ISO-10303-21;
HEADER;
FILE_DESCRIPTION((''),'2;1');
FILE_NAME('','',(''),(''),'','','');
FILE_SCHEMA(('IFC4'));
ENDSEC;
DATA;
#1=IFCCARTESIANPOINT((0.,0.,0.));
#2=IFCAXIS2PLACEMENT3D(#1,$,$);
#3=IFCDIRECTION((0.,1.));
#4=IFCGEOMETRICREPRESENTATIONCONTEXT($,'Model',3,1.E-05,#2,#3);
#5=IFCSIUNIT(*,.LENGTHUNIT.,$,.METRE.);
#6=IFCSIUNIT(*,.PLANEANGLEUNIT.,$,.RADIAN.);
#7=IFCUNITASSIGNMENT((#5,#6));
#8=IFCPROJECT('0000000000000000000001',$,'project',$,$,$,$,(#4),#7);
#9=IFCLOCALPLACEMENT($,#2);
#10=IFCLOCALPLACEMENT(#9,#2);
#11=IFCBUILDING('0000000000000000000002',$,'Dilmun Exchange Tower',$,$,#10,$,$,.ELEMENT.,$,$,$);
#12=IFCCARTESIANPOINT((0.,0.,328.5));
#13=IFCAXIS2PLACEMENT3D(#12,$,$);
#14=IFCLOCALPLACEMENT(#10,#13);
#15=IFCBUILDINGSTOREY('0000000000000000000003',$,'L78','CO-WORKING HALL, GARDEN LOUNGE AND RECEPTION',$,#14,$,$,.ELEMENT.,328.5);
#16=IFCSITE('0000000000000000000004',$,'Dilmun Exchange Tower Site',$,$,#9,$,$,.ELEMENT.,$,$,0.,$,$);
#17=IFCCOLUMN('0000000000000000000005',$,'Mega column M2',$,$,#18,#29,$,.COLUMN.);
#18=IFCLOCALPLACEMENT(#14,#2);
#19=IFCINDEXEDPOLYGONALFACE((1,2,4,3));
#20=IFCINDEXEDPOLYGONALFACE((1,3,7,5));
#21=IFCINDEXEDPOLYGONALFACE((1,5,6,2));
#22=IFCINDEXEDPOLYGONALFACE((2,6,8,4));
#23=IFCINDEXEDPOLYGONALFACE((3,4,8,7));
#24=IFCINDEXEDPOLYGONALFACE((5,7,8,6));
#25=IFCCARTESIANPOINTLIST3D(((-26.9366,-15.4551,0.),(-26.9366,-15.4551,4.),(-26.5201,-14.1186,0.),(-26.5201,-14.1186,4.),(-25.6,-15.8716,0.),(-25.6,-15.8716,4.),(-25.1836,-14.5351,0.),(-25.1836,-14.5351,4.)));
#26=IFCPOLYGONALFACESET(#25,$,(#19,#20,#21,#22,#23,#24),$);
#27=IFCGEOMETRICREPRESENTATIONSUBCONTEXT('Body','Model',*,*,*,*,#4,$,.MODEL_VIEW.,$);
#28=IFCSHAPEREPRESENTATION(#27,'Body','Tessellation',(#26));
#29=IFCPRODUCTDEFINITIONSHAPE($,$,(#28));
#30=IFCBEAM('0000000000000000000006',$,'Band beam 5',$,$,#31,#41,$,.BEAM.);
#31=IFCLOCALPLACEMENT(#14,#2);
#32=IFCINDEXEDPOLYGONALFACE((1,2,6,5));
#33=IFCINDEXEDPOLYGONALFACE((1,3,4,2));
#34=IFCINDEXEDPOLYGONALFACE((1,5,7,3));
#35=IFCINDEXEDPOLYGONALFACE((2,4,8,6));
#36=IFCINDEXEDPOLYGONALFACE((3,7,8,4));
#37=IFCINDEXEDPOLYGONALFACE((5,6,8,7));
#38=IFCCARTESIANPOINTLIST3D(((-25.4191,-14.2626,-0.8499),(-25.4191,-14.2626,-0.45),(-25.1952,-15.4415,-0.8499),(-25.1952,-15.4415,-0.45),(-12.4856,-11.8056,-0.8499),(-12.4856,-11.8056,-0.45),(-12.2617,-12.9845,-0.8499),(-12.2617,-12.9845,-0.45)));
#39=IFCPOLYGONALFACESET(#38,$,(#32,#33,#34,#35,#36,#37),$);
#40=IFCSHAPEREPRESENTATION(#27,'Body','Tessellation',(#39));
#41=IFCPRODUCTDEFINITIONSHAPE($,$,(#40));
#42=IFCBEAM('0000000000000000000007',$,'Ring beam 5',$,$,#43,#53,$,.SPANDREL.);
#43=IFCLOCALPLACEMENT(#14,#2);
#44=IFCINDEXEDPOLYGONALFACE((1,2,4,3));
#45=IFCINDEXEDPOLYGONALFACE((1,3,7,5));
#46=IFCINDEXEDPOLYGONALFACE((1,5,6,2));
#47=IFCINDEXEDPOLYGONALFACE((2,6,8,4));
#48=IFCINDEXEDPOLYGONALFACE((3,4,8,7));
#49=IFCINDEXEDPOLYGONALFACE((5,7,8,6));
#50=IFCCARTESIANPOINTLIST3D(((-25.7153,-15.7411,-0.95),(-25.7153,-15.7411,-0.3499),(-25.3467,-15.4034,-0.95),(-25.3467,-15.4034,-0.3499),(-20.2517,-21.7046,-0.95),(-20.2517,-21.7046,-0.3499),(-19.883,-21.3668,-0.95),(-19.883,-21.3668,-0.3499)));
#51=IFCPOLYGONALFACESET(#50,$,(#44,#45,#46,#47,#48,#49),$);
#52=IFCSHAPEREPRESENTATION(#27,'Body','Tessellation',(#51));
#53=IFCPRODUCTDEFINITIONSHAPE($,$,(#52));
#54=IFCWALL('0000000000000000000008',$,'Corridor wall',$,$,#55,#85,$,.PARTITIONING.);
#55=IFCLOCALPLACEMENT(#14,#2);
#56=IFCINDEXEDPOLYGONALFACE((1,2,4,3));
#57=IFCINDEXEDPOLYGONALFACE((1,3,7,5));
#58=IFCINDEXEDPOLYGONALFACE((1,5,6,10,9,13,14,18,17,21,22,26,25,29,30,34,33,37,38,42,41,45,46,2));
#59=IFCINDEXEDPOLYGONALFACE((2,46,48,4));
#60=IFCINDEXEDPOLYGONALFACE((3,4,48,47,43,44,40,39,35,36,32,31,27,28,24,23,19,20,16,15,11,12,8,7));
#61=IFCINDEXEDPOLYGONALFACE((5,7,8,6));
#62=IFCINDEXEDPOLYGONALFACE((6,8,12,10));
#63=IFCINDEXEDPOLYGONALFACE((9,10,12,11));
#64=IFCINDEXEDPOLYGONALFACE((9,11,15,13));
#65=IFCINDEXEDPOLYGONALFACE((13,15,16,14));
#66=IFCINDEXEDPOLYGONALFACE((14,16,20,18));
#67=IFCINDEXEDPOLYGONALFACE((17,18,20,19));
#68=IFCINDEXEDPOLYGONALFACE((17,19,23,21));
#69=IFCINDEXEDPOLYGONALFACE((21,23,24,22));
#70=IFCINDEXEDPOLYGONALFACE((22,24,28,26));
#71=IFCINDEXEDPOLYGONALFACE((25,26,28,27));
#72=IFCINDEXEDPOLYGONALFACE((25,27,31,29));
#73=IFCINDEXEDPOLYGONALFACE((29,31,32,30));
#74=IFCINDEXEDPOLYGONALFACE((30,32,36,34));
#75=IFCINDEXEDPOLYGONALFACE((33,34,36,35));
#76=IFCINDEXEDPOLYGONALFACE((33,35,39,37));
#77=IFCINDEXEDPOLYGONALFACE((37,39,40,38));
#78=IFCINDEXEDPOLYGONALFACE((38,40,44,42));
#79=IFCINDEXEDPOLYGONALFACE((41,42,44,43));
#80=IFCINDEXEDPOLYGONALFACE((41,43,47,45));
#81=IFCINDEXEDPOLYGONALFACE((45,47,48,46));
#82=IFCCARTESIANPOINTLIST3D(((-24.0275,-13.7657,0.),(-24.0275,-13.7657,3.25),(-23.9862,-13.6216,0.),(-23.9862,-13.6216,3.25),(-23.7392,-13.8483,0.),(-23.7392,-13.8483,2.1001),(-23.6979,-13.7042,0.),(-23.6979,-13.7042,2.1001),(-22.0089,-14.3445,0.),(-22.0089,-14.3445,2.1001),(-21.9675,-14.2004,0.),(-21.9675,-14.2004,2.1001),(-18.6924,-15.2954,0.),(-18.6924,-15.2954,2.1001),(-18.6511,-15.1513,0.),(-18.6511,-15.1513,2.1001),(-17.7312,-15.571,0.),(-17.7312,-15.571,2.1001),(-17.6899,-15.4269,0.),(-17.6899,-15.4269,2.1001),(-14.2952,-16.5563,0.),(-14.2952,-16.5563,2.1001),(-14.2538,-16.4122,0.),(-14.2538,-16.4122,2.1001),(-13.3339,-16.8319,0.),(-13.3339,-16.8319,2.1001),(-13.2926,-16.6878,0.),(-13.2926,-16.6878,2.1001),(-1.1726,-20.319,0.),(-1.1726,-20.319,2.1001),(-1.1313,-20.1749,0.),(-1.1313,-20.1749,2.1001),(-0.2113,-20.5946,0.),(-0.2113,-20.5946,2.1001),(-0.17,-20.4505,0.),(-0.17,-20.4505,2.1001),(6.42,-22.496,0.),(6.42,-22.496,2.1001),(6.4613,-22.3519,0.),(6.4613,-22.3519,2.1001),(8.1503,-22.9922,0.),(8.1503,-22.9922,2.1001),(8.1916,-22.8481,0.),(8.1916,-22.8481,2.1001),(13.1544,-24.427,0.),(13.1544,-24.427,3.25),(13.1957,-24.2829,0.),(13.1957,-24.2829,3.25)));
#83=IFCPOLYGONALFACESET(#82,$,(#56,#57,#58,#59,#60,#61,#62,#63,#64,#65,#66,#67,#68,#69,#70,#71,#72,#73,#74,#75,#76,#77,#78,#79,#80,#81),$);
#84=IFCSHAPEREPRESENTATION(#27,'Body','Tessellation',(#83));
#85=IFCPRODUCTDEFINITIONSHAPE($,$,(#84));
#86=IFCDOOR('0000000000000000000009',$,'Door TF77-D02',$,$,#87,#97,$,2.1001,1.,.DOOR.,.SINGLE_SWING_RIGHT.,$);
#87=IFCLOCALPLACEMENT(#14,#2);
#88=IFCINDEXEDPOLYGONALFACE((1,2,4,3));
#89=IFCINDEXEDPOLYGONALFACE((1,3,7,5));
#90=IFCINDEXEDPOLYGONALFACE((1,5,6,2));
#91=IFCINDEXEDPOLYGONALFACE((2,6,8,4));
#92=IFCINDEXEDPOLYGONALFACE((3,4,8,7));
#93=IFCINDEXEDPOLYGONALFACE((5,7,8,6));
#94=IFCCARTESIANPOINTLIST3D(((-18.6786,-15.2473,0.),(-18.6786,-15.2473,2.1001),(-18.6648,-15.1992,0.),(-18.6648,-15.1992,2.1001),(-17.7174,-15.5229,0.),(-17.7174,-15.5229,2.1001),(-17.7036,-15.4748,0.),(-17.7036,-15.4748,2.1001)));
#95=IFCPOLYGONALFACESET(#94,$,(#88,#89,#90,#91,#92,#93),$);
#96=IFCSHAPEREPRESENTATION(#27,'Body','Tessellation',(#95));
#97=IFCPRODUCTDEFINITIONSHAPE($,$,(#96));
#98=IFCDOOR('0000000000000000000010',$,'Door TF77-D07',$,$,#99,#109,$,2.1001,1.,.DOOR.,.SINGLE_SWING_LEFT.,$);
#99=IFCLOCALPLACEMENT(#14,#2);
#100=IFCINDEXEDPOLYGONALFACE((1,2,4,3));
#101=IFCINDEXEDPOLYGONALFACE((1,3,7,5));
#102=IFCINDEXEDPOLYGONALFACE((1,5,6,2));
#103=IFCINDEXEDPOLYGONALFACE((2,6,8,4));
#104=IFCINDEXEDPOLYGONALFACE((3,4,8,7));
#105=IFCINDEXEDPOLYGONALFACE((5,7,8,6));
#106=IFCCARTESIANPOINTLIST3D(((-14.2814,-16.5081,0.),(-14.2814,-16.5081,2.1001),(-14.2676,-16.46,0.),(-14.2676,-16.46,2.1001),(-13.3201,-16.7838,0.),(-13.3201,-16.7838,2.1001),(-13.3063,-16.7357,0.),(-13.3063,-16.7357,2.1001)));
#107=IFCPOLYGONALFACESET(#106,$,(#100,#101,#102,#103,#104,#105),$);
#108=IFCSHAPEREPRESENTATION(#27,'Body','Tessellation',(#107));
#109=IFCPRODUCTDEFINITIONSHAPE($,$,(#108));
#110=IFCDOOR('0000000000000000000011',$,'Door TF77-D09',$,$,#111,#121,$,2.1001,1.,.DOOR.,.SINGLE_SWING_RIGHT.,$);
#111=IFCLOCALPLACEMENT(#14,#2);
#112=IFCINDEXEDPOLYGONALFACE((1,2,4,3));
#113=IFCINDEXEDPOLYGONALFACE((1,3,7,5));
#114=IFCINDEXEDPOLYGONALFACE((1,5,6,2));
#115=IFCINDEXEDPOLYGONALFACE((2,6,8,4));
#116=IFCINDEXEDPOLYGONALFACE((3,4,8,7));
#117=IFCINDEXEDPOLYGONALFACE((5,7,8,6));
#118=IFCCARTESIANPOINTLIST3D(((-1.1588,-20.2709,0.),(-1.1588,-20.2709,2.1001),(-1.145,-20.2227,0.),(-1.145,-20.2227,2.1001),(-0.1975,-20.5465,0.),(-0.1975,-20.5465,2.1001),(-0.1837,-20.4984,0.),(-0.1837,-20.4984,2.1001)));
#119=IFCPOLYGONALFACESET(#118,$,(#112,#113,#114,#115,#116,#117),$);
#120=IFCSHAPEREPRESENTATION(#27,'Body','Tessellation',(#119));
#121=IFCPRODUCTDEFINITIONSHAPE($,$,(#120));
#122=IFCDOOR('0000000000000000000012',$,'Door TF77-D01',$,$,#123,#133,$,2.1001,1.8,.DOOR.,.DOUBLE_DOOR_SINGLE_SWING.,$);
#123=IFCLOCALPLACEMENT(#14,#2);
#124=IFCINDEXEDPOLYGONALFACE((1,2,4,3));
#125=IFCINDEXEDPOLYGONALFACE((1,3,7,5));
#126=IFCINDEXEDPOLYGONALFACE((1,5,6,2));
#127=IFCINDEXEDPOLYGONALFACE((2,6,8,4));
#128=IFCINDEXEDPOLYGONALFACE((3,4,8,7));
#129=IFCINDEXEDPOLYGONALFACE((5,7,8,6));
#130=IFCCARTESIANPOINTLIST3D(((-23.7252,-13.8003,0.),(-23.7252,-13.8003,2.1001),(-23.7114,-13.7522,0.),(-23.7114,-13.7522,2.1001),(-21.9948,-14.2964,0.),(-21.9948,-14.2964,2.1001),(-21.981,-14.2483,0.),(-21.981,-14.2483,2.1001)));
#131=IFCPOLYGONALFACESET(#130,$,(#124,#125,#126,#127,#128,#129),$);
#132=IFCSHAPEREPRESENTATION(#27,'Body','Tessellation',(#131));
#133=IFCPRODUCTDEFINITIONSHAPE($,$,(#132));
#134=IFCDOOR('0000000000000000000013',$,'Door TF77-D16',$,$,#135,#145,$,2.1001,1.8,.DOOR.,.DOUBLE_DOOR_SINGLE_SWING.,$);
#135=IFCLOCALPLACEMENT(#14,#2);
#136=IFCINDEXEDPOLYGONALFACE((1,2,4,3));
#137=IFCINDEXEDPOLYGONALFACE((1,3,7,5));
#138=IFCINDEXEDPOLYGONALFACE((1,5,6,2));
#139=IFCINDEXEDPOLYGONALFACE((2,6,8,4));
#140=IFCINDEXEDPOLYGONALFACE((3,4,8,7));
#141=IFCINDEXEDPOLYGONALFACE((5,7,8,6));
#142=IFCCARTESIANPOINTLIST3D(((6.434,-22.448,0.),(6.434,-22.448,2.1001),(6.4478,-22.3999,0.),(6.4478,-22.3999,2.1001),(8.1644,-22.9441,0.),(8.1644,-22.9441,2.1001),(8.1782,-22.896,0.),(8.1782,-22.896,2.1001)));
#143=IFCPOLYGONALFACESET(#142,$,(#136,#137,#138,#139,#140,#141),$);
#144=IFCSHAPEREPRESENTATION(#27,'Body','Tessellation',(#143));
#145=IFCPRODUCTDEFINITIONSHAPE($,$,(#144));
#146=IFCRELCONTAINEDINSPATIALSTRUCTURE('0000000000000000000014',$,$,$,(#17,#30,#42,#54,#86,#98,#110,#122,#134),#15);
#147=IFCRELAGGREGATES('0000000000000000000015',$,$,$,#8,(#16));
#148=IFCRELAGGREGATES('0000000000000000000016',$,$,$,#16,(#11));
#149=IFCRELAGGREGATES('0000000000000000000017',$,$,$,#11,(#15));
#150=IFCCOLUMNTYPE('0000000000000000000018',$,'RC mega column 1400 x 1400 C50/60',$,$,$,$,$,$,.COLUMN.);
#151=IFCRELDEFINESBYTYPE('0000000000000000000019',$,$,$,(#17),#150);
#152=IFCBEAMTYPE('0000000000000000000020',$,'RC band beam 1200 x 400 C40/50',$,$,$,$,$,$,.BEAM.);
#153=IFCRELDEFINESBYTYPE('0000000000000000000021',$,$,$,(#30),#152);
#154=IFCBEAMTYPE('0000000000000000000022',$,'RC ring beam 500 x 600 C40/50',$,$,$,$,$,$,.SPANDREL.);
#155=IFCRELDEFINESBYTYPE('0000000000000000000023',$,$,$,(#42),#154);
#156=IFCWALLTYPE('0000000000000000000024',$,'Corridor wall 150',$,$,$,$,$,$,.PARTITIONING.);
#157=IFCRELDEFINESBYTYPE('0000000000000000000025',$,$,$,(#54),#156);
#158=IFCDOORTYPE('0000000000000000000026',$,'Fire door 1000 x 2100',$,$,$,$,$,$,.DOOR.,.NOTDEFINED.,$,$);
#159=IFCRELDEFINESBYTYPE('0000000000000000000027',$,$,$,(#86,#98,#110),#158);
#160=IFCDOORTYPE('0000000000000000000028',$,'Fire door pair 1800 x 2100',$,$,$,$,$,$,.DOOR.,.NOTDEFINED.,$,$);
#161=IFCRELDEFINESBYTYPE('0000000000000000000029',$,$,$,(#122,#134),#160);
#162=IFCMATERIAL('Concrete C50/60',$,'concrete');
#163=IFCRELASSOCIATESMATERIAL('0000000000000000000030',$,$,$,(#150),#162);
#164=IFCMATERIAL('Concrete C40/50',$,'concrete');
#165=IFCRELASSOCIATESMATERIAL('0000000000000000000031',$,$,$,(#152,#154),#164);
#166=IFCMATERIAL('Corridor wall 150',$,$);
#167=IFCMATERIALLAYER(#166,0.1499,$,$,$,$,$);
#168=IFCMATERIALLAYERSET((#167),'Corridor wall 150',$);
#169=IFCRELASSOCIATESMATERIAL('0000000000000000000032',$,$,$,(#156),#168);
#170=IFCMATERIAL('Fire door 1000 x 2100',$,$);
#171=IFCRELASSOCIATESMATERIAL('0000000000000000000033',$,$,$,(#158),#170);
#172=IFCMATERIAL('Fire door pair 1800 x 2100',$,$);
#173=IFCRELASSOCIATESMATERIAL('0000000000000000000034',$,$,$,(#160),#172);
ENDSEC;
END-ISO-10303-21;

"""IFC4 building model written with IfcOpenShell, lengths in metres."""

from ifc_helpers import new_model, si_unit, direction, frame, frame_2d, origin, origin_2d, place, context, subcontext, project, spatial, rectangle, extrude, material, layer, layer_set, material_profile, profile_set, type_object, element, fill, save


model = new_model("IFC4")

# Units and contexts
model_context = context("Model", 3, precision=1e-05, world=origin(), true_north=direction((0.0, 1.0)))
body_context = subcontext(model_context, "Body", "Model", "MODEL_VIEW")
ifc_project = project(units=[si_unit("LENGTHUNIT", "METRE"), si_unit("PLANEANGLEUNIT", "RADIAN")], contexts=[model_context])

# Site, building, storey
site_placement = place(None, origin())
site = spatial("IfcSite", under=ifc_project, at=site_placement, Name="Dilmun Exchange Tower Site", CompositionType="ELEMENT", RefElevation=0.0)
building_placement = place(site_placement, origin())
building = spatial("IfcBuilding", under=site, at=building_placement, Name="Dilmun Exchange Tower", CompositionType="ELEMENT")
storey_placement = place(building_placement, frame((0.0, 0.0, 328.5)))
storey = spatial("IfcBuildingStorey", under=building, at=storey_placement, Name="L78", Description="CO-WORKING HALL, GARDEN LOUNGE AND RECEPTION", CompositionType="ELEMENT", Elevation=328.5)

# Column
ifc_material_1 = material(Name="Concrete C50/60", Category="concrete")
ifc_material_profile_1 = material_profile(ifc_material_1, rectangle(XDim=1.3999, YDim=1.3999, at=origin_2d()), Name="1400 x 1400")
ifc_profile_set_1 = profile_set([ifc_material_profile_1], Name="Concrete C50/60")
column_type = type_object("IfcColumnType", Name="RC mega column 1400 x 1400 C50/60", PredefinedType="COLUMN", material=ifc_profile_set_1)
column_placement = place(storey_placement, frame((-26.0601, -14.9951, 0.0), z_axis=(0.0, 0.0, 1.0), x_axis=(0.297503, 0.954721, 0.0)))
element("IfcColumn", 1, at=column_placement, inside=storey, type_object=column_type, Name="Mega column M2", PredefinedType="COLUMN", context=body_context, shape_type="SweptSolid", body=[
    extrude(rectangle(XDim=1.3999, YDim=1.3999, at=origin_2d()), origin(), (0.0, 0.0, 1.0), 4.0),
])

# Beams
ifc_material_2 = material(Name="Concrete C40/50", Category="concrete")
ifc_material_profile_2 = material_profile(ifc_material_2, rectangle(XDim=1.2, YDim=0.3999, at=origin_2d()), Name="1200 x 400")
ifc_profile_set_2 = profile_set([ifc_material_profile_2], Name="Concrete C40/50")
beam_type_1 = type_object("IfcBeamType", Name="RC band beam 1200 x 400 C40/50", PredefinedType="BEAM", material=ifc_profile_set_2)
beam_1_placement = place(storey_placement, frame((-25.3071, -14.8521, -0.6499), z_axis=(0.982429, 0.186635, 0.0), x_axis=(-0.186635, 0.982429, 0.0)))
element("IfcBeam", 2, at=beam_1_placement, inside=storey, type_object=beam_type_1, Name="Band beam 5", PredefinedType="BEAM", context=body_context, shape_type="SweptSolid", body=[
    extrude(rectangle(XDim=1.2, YDim=0.3999, at=origin_2d()), origin(), (0.0, 0.0, 1.0), 13.1648),
])
ifc_material_profile_3 = material_profile(ifc_material_2, rectangle(XDim=0.5, YDim=0.6001, at=origin_2d()), Name="500 x 600")
ifc_profile_set_3 = profile_set([ifc_material_profile_3], Name="Concrete C40/50")
beam_type_2 = type_object("IfcBeamType", Name="RC ring beam 500 x 600 C40/50", PredefinedType="SPANDREL", material=ifc_profile_set_3)
beam_2_placement = place(storey_placement, frame((-25.531, -15.5723, -0.6499), z_axis=(0.675536, -0.737327, 0.0), x_axis=(0.737327, 0.675536, 0.0)))
element("IfcBeam", 3, at=beam_2_placement, inside=storey, type_object=beam_type_2, Name="Ring beam 5", PredefinedType="SPANDREL", context=body_context, shape_type="SweptSolid", body=[
    extrude(rectangle(XDim=0.5, YDim=0.6001, at=origin_2d()), origin(), (0.0, 0.0, 1.0), 8.0879),
])

# Wall, openings, doors
ifc_material_3 = material(Name="Corridor wall 150")
ifc_layer_1 = layer(ifc_material_3, 0.1499)
ifc_layer_set_1 = layer_set([ifc_layer_1], Name="Corridor wall 150")
wall_type_1 = type_object("IfcWallType", Name="Corridor wall 150", PredefinedType="PARTITIONING", material=ifc_layer_set_1)
wall_1_placement = place(storey_placement, frame((-24.0068, -13.6936, 0.0), z_axis=(0.0, 0.0, 1.0), x_axis=(0.961264, -0.275629, 0.0)))
wall_1 = element("IfcWall", 4, at=wall_1_placement, inside=storey, type_object=wall_type_1, Name="Corridor wall", PredefinedType="PARTITIONING", context=body_context, shape_type="SweptSolid", body=[
    extrude(rectangle(XDim=38.6802, YDim=0.1499, at=frame_2d((19.3401, 0.0))), origin(), (0.0, 0.0, 1.0), 3.25),
])
opening_1_placement = place(wall_1_placement, frame((0.3, 0.0, 0.0)))
opening_1 = element("IfcOpeningElement", 5, at=opening_1_placement, cuts=wall_1, PredefinedType="OPENING", context=body_context, shape_type="SweptSolid", body=[
    extrude(rectangle(XDim=1.8, YDim=2.1001, at=frame_2d((0.8999, 1.05))), frame((0.0, 0.085, 0.0), z_axis=(0.0, -1.0, 0.0), x_axis=(1.0, 0.0, 0.0)), (0.0, 0.0, 1.0), 0.1699),
])
opening_2_placement = place(wall_1_placement, frame((5.55, 0.0, 0.0)))
opening_2 = element("IfcOpeningElement", 6, at=opening_2_placement, cuts=wall_1, PredefinedType="OPENING", context=body_context, shape_type="SweptSolid", body=[
    extrude(rectangle(XDim=1.0, YDim=2.1001, at=frame_2d((0.5, 1.05))), frame((0.0, 0.085, 0.0), z_axis=(0.0, -1.0, 0.0), x_axis=(1.0, 0.0, 0.0)), (0.0, 0.0, 1.0), 0.1699),
])
opening_3_placement = place(wall_1_placement, frame((10.1245, 0.0, 0.0)))
opening_3 = element("IfcOpeningElement", 7, at=opening_3_placement, cuts=wall_1, PredefinedType="OPENING", context=body_context, shape_type="SweptSolid", body=[
    extrude(rectangle(XDim=1.0, YDim=2.1001, at=frame_2d((0.5, 1.05))), frame((0.0, 0.085, 0.0), z_axis=(0.0, -1.0, 0.0), x_axis=(1.0, 0.0, 0.0)), (0.0, 0.0, 1.0), 0.1699),
])
opening_4_placement = place(wall_1_placement, frame((23.7759, 0.0, 0.0)))
opening_4 = element("IfcOpeningElement", 8, at=opening_4_placement, cuts=wall_1, PredefinedType="OPENING", context=body_context, shape_type="SweptSolid", body=[
    extrude(rectangle(XDim=1.0, YDim=2.1001, at=frame_2d((0.5, 1.05))), frame((0.0, 0.085, 0.0), z_axis=(0.0, -1.0, 0.0), x_axis=(1.0, 0.0, 0.0)), (0.0, 0.0, 1.0), 0.1699),
])
opening_5_placement = place(wall_1_placement, frame((31.6746, 0.0, 0.0)))
opening_5 = element("IfcOpeningElement", 9, at=opening_5_placement, cuts=wall_1, PredefinedType="OPENING", context=body_context, shape_type="SweptSolid", body=[
    extrude(rectangle(XDim=1.8, YDim=2.1001, at=frame_2d((0.8999, 1.05))), frame((0.0, 0.085, 0.0), z_axis=(0.0, -1.0, 0.0), x_axis=(1.0, 0.0, 0.0)), (0.0, 0.0, 1.0), 0.1699),
])
ifc_material_4 = material(Name="Fire door 1000 x 2100")
door_type_1 = type_object("IfcDoorType", Name="Fire door 1000 x 2100", OperationType="NOTDEFINED", PredefinedType="DOOR", material=ifc_material_4)
door_1_placement = place(opening_2_placement, frame((1.0, 0.0, 0.0), z_axis=(0.0, 0.0, 1.0), x_axis=(-1.0, 0.0, 0.0)))
door_1 = element("IfcDoor", 10, at=door_1_placement, inside=storey, type_object=door_type_1, Name="Door TF77-D02", OperationType="SINGLE_SWING_RIGHT", OverallHeight=2.1001, OverallWidth=1.0, PredefinedType="DOOR", context=body_context, shape_type="SweptSolid", body=[
    extrude(rectangle(XDim=1.0, YDim=2.1001, at=frame_2d((0.5, 1.05))), frame((0.0, 0.0249, 0.0), z_axis=(0.0, -1.0, 0.0), x_axis=(1.0, 0.0, 0.0)), (0.0, 0.0, 1.0), 0.05),
])
fill(opening_2, door_1)
door_2_placement = place(opening_3_placement, frame((1.0, 0.0, 0.0), z_axis=(0.0, 0.0, 1.0), x_axis=(-1.0, 0.0, 0.0)))
door_2 = element("IfcDoor", 11, at=door_2_placement, inside=storey, type_object=door_type_1, Name="Door TF77-D07", OperationType="SINGLE_SWING_LEFT", OverallHeight=2.1001, OverallWidth=1.0, PredefinedType="DOOR", context=body_context, shape_type="SweptSolid", body=[
    extrude(rectangle(XDim=1.0, YDim=2.1001, at=frame_2d((0.5, 1.05))), frame((0.0, 0.0249, 0.0), z_axis=(0.0, -1.0, 0.0), x_axis=(1.0, 0.0, 0.0)), (0.0, 0.0, 1.0), 0.05),
])
fill(opening_3, door_2)
door_3_placement = place(opening_4_placement, frame((1.0, 0.0, 0.0), z_axis=(0.0, 0.0, 1.0), x_axis=(-1.0, 0.0, 0.0)))
door_3 = element("IfcDoor", 12, at=door_3_placement, inside=storey, type_object=door_type_1, Name="Door TF77-D09", OperationType="SINGLE_SWING_RIGHT", OverallHeight=2.1001, OverallWidth=1.0, PredefinedType="DOOR", context=body_context, shape_type="SweptSolid", body=[
    extrude(rectangle(XDim=1.0, YDim=2.1001, at=frame_2d((0.5, 1.05))), frame((0.0, 0.0249, 0.0), z_axis=(0.0, -1.0, 0.0), x_axis=(1.0, 0.0, 0.0)), (0.0, 0.0, 1.0), 0.05),
])
fill(opening_4, door_3)
ifc_material_5 = material(Name="Fire door pair 1800 x 2100")
door_type_2 = type_object("IfcDoorType", Name="Fire door pair 1800 x 2100", OperationType="NOTDEFINED", PredefinedType="DOOR", material=ifc_material_5)
door_4_placement = place(opening_1_placement, frame((1.8, 0.0, 0.0), z_axis=(0.0, 0.0, 1.0), x_axis=(-1.0, 0.0, 0.0)))
door_4 = element("IfcDoor", 13, at=door_4_placement, inside=storey, type_object=door_type_2, Name="Door TF77-D01", OperationType="DOUBLE_DOOR_SINGLE_SWING", OverallHeight=2.1001, OverallWidth=1.8, PredefinedType="DOOR", context=body_context, shape_type="SweptSolid", body=[
    extrude(rectangle(XDim=1.8, YDim=2.1001, at=frame_2d((0.8999, 1.05))), frame((0.0, 0.0249, 0.0), z_axis=(0.0, -1.0, 0.0), x_axis=(1.0, 0.0, 0.0)), (0.0, 0.0, 1.0), 0.05),
])
fill(opening_1, door_4)
door_5_placement = place(opening_5_placement, frame((1.8, 0.0, 0.0), z_axis=(0.0, 0.0, 1.0), x_axis=(-1.0, 0.0, 0.0)))
door_5 = element("IfcDoor", 14, at=door_5_placement, inside=storey, type_object=door_type_2, Name="Door TF77-D16", OperationType="DOUBLE_DOOR_SINGLE_SWING", OverallHeight=2.1001, OverallWidth=1.8, PredefinedType="DOOR", context=body_context, shape_type="SweptSolid", body=[
    extrude(rectangle(XDim=1.8, YDim=2.1001, at=frame_2d((0.8999, 1.05))), frame((0.0, 0.0249, 0.0), z_axis=(0.0, -1.0, 0.0), x_axis=(1.0, 0.0, 0.0)), (0.0, 0.0, 1.0), 0.05),
])
fill(opening_5, door_5)

save(model, "model.ifc")
